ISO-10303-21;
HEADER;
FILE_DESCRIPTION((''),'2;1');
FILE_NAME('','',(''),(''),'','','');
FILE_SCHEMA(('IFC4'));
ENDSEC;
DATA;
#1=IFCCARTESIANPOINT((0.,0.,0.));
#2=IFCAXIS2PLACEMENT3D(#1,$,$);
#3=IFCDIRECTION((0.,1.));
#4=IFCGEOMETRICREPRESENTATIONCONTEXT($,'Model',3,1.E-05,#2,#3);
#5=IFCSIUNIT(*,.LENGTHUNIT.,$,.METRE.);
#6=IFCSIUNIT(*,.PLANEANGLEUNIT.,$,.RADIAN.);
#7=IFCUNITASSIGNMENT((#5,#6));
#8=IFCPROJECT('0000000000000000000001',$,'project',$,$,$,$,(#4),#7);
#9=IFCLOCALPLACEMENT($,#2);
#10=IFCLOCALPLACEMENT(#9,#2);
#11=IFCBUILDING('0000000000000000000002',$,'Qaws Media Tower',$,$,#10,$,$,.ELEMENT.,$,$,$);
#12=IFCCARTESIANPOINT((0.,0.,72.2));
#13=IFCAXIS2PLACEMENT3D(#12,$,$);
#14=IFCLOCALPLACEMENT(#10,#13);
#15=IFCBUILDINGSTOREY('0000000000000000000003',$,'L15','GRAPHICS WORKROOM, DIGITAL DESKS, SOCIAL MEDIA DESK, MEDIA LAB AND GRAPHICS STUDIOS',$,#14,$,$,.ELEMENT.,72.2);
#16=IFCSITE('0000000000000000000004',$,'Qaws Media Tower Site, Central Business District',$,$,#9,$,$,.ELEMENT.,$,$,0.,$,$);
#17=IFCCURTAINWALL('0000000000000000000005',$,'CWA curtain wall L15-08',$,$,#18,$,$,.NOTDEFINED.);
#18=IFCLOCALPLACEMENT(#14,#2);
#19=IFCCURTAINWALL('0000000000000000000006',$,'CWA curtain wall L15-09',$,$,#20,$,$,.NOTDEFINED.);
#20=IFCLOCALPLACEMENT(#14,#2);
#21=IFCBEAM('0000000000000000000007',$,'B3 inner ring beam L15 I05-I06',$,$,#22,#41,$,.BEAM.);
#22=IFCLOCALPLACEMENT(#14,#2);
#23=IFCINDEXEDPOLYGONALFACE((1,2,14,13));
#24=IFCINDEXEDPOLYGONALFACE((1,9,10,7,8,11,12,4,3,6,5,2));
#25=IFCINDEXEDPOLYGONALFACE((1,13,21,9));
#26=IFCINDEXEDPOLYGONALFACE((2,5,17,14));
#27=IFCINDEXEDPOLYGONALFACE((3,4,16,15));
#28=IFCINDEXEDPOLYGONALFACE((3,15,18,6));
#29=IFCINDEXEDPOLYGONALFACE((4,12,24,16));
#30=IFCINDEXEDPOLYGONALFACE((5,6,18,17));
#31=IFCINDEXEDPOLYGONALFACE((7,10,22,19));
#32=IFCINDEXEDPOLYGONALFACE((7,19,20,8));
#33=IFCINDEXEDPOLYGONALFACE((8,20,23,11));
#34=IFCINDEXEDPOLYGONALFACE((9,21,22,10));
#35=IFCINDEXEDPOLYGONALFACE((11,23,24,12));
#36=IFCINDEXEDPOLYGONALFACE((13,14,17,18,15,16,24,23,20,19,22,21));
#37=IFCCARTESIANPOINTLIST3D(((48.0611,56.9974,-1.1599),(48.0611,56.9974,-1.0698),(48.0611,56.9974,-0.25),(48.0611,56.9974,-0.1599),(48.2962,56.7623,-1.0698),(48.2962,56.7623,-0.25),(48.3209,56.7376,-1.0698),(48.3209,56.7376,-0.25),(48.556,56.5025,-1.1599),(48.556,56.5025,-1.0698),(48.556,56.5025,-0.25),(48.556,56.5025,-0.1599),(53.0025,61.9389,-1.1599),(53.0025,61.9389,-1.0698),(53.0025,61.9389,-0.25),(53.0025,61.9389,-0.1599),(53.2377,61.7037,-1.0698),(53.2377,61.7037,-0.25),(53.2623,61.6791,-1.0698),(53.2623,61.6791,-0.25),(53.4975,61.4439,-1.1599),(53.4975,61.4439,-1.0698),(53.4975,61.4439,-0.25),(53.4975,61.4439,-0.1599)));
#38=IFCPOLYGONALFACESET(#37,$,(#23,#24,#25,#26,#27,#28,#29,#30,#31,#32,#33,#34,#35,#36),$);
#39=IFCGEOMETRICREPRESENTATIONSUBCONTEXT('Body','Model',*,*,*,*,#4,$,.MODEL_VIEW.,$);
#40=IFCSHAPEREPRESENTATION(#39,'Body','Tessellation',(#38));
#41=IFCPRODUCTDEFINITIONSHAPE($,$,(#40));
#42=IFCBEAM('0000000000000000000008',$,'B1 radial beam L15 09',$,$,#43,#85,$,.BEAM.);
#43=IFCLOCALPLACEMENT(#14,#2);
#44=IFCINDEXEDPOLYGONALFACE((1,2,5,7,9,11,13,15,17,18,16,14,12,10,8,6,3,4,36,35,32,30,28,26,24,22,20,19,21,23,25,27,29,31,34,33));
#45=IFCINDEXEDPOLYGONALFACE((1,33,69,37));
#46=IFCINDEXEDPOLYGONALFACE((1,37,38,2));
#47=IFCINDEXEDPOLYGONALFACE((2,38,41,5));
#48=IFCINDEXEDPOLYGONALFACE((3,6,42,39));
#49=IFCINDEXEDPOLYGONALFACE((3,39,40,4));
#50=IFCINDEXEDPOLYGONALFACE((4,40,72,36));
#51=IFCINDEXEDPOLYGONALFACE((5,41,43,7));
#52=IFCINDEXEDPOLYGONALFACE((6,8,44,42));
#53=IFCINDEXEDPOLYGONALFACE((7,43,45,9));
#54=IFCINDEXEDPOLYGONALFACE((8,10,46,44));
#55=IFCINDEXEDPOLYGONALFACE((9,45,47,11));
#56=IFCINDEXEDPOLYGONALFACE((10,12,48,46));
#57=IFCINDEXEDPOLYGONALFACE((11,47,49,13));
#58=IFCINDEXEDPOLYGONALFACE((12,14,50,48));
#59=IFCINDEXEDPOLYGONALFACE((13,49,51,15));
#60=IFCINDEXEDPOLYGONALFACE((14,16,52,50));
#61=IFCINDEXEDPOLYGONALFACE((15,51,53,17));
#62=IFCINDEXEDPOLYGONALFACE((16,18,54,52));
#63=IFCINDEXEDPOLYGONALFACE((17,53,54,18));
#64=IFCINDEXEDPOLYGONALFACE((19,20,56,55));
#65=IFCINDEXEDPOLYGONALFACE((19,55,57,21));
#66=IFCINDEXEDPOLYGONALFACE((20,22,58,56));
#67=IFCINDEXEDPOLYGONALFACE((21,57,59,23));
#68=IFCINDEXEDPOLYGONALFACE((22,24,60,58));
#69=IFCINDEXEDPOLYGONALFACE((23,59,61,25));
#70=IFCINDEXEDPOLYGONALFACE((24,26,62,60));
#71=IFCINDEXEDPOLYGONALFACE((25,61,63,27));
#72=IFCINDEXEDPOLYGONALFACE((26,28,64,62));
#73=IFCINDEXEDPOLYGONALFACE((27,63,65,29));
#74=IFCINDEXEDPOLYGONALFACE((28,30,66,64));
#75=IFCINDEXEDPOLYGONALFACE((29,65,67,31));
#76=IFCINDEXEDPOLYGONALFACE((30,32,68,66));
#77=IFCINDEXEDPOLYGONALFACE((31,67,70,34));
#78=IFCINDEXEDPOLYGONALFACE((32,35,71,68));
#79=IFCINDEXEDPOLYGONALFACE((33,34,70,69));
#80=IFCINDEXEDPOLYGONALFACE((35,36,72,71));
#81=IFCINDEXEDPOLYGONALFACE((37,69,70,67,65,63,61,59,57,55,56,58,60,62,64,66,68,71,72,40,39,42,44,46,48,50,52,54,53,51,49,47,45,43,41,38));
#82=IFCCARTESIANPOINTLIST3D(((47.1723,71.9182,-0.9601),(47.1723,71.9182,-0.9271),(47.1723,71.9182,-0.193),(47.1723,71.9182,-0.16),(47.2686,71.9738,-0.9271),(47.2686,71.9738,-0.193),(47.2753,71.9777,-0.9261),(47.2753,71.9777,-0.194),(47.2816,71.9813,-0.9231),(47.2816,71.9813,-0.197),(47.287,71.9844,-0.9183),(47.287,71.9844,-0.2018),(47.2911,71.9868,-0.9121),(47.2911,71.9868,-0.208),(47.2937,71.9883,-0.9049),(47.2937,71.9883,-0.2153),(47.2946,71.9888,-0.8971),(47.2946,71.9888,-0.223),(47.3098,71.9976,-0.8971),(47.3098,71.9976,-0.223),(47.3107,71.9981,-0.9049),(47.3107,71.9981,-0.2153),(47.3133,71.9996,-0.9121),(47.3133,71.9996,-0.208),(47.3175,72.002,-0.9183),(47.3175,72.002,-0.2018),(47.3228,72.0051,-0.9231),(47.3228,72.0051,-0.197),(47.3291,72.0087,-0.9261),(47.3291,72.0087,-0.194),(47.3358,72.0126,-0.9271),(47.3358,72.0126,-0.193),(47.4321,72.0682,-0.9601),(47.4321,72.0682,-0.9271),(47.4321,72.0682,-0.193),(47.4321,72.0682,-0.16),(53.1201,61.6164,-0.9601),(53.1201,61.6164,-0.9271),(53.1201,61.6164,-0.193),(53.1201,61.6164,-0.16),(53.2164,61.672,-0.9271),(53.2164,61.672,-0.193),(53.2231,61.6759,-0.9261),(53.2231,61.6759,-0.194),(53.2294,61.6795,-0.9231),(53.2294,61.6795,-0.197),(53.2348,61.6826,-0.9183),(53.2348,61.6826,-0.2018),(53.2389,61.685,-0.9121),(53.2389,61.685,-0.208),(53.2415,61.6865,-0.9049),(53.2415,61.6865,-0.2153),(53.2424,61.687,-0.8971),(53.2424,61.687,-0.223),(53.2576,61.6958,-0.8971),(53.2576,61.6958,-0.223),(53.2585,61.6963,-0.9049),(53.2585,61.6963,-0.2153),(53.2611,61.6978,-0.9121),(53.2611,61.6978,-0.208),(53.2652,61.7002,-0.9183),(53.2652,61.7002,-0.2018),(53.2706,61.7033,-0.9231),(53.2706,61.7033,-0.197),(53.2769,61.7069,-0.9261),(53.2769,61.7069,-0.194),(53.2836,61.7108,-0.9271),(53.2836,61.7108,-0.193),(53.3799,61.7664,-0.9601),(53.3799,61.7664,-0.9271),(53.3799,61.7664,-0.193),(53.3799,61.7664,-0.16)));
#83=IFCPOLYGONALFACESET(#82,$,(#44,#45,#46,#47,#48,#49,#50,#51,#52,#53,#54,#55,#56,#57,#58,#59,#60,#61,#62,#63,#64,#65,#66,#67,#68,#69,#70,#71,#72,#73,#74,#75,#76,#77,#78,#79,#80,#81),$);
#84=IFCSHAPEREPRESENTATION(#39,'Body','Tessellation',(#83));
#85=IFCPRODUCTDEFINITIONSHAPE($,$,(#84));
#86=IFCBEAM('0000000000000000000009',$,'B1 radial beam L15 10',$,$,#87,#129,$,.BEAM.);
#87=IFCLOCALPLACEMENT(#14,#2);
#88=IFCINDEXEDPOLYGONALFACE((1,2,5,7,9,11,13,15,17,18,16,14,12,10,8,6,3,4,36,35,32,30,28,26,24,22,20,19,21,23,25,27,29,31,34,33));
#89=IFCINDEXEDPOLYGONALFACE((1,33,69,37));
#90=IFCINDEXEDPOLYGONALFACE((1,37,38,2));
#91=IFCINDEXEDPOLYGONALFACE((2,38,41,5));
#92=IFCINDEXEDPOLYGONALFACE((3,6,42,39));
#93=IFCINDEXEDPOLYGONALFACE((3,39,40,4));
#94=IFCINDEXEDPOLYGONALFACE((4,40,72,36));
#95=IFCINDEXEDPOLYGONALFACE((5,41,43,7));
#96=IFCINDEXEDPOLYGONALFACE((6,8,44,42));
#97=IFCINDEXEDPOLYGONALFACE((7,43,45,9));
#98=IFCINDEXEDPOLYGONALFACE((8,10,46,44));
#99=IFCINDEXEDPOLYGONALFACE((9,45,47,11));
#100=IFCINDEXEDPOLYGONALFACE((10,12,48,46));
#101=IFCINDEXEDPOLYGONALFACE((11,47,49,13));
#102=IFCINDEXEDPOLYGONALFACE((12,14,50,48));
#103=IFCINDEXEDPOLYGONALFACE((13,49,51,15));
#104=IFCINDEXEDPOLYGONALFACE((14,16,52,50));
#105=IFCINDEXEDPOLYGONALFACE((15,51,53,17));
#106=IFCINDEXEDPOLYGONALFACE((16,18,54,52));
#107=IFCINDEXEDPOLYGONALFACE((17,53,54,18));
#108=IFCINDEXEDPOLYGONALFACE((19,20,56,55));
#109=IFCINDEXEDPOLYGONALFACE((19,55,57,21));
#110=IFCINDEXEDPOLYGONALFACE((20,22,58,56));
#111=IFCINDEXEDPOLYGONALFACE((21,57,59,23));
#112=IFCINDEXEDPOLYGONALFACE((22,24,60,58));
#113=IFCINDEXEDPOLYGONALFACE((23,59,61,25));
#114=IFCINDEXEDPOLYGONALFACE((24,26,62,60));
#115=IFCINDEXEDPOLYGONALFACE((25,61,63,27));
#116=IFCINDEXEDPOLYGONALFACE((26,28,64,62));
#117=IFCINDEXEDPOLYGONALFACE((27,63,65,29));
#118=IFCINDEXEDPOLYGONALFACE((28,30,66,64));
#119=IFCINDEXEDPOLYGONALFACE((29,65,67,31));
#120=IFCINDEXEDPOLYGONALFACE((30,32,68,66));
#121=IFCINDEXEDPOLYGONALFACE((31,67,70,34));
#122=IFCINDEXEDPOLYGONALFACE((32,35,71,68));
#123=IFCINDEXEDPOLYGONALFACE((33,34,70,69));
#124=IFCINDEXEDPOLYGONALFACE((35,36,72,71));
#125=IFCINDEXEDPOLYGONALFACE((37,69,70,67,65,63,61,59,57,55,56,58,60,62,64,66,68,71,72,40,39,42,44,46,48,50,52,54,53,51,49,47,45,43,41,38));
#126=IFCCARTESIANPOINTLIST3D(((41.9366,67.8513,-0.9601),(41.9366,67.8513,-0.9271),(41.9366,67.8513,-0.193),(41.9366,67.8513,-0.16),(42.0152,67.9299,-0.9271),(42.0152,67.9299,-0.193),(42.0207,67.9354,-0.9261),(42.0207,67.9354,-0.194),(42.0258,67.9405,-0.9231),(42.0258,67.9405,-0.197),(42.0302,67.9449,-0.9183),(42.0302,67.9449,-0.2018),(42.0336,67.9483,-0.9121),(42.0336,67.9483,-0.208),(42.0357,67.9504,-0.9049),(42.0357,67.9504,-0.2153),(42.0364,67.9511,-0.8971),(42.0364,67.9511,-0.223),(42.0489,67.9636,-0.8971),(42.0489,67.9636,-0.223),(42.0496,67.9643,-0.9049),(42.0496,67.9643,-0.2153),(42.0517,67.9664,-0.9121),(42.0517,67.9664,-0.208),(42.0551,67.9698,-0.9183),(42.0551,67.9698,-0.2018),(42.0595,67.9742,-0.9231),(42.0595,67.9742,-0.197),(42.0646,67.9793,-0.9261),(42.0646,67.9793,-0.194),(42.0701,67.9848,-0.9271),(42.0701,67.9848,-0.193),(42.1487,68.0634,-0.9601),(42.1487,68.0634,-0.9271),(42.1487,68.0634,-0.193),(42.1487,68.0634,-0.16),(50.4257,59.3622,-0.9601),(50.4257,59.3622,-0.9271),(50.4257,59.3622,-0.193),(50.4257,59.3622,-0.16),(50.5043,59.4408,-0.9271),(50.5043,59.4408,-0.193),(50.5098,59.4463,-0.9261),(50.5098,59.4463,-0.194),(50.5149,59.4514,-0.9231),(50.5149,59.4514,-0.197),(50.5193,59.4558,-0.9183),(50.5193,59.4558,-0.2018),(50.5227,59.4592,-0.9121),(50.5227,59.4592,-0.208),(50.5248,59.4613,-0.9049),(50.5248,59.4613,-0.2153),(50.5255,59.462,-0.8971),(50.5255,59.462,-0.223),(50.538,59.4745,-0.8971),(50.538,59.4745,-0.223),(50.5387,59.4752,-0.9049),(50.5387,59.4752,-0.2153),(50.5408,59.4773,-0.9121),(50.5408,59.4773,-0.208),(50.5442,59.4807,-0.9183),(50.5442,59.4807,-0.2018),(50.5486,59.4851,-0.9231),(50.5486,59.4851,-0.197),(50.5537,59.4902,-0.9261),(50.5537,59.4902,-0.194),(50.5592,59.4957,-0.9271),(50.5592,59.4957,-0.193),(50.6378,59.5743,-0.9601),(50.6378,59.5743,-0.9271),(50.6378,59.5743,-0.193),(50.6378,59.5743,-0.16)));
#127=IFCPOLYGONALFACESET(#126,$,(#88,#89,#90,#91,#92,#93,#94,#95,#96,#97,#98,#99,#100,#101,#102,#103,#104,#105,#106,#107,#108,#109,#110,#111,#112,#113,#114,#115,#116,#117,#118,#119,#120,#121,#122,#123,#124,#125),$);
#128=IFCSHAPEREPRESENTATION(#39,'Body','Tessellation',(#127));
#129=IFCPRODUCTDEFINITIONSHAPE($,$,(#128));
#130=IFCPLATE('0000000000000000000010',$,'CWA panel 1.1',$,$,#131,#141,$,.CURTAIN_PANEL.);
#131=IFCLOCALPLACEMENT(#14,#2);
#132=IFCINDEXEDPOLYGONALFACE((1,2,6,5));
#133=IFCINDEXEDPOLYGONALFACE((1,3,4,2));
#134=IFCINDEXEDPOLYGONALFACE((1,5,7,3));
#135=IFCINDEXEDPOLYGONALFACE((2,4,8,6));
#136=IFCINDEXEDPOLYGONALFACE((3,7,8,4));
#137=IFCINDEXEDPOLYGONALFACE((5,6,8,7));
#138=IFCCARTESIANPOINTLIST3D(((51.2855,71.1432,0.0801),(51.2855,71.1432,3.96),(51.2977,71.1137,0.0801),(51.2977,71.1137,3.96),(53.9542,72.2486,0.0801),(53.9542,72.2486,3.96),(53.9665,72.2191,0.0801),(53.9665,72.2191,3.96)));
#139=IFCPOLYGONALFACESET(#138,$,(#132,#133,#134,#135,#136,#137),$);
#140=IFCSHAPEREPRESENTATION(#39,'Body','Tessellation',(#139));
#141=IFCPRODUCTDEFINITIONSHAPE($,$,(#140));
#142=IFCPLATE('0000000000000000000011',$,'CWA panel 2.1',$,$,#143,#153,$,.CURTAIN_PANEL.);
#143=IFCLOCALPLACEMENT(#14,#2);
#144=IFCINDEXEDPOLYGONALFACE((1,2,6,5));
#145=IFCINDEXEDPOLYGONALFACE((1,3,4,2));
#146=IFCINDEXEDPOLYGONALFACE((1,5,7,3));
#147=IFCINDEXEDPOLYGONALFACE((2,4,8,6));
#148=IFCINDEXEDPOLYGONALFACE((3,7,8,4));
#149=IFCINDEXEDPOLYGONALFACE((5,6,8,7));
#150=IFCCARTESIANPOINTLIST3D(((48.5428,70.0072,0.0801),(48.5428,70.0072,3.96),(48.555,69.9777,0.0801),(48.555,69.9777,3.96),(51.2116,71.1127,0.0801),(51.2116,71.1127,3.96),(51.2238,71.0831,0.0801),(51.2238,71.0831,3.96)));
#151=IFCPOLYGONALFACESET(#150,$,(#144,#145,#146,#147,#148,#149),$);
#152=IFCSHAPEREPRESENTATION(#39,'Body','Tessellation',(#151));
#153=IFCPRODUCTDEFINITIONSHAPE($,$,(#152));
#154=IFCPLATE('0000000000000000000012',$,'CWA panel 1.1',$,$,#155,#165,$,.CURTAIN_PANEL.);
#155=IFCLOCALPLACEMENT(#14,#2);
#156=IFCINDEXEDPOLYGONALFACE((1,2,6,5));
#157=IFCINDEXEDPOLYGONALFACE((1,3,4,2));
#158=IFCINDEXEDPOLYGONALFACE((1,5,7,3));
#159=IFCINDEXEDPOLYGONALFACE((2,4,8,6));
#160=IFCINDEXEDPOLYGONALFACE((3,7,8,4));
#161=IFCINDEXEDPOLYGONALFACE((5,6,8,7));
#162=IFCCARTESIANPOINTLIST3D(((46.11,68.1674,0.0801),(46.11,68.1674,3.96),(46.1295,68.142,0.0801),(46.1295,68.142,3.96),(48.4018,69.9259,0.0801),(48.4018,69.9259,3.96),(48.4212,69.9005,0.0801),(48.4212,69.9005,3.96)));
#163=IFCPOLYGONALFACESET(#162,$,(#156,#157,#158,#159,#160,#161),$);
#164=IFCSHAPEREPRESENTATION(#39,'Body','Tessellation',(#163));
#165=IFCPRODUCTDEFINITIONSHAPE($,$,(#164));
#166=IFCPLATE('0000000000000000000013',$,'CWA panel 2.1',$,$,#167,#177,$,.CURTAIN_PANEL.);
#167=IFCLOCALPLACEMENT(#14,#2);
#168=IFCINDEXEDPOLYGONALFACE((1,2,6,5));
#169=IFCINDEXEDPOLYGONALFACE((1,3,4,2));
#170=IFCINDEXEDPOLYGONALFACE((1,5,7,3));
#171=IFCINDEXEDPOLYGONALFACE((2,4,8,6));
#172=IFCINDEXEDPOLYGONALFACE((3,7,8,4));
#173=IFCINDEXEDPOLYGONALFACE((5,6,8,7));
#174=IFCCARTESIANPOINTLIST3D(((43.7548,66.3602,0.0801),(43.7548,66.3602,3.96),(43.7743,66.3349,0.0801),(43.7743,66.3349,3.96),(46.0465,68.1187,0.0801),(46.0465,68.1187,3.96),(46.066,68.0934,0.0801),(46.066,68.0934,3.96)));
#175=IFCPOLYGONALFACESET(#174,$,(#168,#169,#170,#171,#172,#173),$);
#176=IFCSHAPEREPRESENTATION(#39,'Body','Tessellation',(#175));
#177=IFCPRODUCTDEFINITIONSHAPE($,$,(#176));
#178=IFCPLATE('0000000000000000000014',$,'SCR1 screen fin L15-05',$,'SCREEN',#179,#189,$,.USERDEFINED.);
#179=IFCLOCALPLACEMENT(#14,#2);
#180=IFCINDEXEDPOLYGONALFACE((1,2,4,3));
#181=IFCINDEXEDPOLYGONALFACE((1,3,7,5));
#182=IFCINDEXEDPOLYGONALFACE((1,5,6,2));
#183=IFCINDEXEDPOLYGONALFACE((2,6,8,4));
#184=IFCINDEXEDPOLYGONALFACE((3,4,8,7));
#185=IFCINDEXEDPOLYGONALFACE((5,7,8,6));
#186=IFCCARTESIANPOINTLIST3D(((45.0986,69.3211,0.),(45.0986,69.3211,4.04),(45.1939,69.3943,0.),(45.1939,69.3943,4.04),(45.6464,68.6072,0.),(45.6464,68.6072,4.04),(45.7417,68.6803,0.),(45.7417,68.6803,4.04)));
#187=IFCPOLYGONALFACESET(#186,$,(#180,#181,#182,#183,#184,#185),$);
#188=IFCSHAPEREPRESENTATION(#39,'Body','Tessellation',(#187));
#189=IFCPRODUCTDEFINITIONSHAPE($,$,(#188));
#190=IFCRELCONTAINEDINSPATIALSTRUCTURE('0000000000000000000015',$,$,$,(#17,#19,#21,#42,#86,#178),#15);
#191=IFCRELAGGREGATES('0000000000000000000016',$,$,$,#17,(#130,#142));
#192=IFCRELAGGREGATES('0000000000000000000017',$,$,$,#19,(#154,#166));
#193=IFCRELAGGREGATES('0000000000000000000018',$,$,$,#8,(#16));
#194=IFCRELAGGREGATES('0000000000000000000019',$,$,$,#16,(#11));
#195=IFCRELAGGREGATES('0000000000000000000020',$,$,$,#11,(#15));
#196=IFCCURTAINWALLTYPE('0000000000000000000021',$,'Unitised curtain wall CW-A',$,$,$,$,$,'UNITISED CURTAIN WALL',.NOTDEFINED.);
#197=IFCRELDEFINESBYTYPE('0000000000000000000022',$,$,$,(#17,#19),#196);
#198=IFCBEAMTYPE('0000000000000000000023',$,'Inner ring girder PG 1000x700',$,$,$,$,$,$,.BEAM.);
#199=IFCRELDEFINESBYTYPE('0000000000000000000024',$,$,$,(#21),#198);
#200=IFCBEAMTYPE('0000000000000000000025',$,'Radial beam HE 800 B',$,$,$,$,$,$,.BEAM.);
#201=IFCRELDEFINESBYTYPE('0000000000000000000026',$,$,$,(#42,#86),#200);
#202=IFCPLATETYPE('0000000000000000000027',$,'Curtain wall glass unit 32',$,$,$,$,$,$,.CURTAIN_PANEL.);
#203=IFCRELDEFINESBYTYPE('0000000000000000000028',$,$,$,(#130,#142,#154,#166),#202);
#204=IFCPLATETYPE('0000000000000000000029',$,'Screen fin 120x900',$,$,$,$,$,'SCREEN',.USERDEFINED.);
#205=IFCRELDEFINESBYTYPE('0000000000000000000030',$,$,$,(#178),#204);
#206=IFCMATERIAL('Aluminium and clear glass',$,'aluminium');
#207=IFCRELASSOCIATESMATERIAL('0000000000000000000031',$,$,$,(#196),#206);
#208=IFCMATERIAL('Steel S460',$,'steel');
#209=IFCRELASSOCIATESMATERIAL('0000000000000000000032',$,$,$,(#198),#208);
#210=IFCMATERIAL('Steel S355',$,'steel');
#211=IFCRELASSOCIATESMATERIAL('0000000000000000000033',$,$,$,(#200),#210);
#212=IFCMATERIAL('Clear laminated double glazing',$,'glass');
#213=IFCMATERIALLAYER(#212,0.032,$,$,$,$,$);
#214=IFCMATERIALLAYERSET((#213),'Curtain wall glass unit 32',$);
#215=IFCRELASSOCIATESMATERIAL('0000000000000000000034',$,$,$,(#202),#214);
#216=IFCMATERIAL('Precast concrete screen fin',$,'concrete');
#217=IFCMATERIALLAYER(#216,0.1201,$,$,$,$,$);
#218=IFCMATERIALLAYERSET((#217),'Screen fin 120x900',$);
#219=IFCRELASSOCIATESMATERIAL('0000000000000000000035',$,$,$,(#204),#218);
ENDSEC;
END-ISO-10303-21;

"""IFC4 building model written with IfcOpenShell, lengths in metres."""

from ifc_helpers import new_model, si_unit, direction, frame, origin, origin_2d, place, context, subcontext, project, spatial, rectangle, i_section, extrude, material, layer, layer_set, material_profile, profile_set, type_object, element, aggregate, save


model = new_model("IFC4")

# Units and contexts
model_context = context("Model", 3, precision=1e-05, world=origin(), true_north=direction((0.0, 1.0)))
body_context = subcontext(model_context, "Body", "Model", "MODEL_VIEW")
ifc_project = project(units=[si_unit("LENGTHUNIT", "METRE"), si_unit("PLANEANGLEUNIT", "RADIAN")], contexts=[model_context])

# Site, building, storey
site_placement = place(None, origin())
site = spatial("IfcSite", under=ifc_project, at=site_placement, Name="Qaws Media Tower Site, Central Business District", CompositionType="ELEMENT", RefElevation=0.0)
building_placement = place(site_placement, origin())
building = spatial("IfcBuilding", under=site, at=building_placement, Name="Qaws Media Tower", CompositionType="ELEMENT")
storey_placement = place(building_placement, frame((0.0, 0.0, 72.2)))
storey = spatial("IfcBuildingStorey", under=building, at=storey_placement, Name="L15", Description="GRAPHICS WORKROOM, DIGITAL DESKS, SOCIAL MEDIA DESK, MEDIA LAB AND GRAPHICS STUDIOS", CompositionType="ELEMENT", Elevation=72.2)

# Curtain walls
ifc_material_1 = material(Name="Aluminium and clear glass", Category="aluminium")
curtain_wall_type = type_object("IfcCurtainWallType", Name="Unitised curtain wall CW-A", ElementType="UNITISED CURTAIN WALL", PredefinedType="NOTDEFINED", material=ifc_material_1)
curtain_wall_1_placement = place(storey_placement, origin())
curtain_wall_1 = element("IfcCurtainWall", 1, at=curtain_wall_1_placement, inside=storey, type_object=curtain_wall_type, Name="CWA curtain wall L15-08", PredefinedType="NOTDEFINED")
curtain_wall_2_placement = place(storey_placement, origin())
curtain_wall_2 = element("IfcCurtainWall", 2, at=curtain_wall_2_placement, inside=storey, type_object=curtain_wall_type, Name="CWA curtain wall L15-09", PredefinedType="NOTDEFINED")

# Beams
ifc_material_2 = material(Name="Steel S460", Category="steel")
ifc_material_profile_1 = material_profile(ifc_material_2, i_section(OverallWidth=0.7, OverallDepth=1.0, WebThickness=0.0349, FlangeThickness=0.0901, at=origin_2d()), Name="PG 1000x700")
ifc_profile_set_1 = profile_set([ifc_material_profile_1], Name="Steel S460")
beam_type_1 = type_object("IfcBeamType", Name="Inner ring girder PG 1000x700", PredefinedType="BEAM", material=ifc_profile_set_1)
beam_1_placement = place(storey_placement, frame((53.25, 61.6914, -0.6599), z_axis=(-0.707107, -0.707107, 0.0), x_axis=(0.707107, -0.707107, 0.0)))
element("IfcBeam", 3, at=beam_1_placement, inside=storey, type_object=beam_type_1, Name="B3 inner ring beam L15 I05-I06", PredefinedType="BEAM", context=body_context, shape_type="SweptSolid", body=[
    extrude(i_section(OverallWidth=0.7, OverallDepth=1.0, WebThickness=0.0349, FlangeThickness=0.0901, at=origin_2d()), origin(), (0.0, 0.0, 1.0), 6.9883),
])
ifc_material_3 = material(Name="Steel S355", Category="steel")
ifc_material_profile_2 = material_profile(ifc_material_3, i_section(OverallWidth=0.3, OverallDepth=0.8, WebThickness=0.0176, FlangeThickness=0.033, FilletRadius=0.03, at=origin_2d()), Name="HE 800 B")
ifc_profile_set_2 = profile_set([ifc_material_profile_2], Name="Steel S355")
beam_type_2 = type_object("IfcBeamType", Name="Radial beam HE 800 B", PredefinedType="BEAM", material=ifc_profile_set_2)
beam_2_placement = place(storey_placement, frame((53.25, 61.6914, -0.5601), z_axis=(-0.500002, 0.866024, 0.0), x_axis=(-0.866024, -0.500002, 0.0)))
element("IfcBeam", 4, at=beam_2_placement, inside=storey, type_object=beam_type_2, Name="B1 radial beam L15 09", PredefinedType="BEAM", context=body_context, shape_type="SweptSolid", body=[
    extrude(i_section(OverallWidth=0.3, OverallDepth=0.8, WebThickness=0.0176, FlangeThickness=0.033, FilletRadius=0.03, at=origin_2d()), origin(), (0.0, 0.0, 1.0), 11.8955),
])
beam_3_placement = place(storey_placement, frame((50.5317, 59.4683, -0.5601), z_axis=(-0.707107, 0.707107, 0.0), x_axis=(-0.707107, -0.707107, 0.0)))
element("IfcBeam", 5, at=beam_3_placement, inside=storey, type_object=beam_type_2, Name="B1 radial beam L15 10", PredefinedType="BEAM", context=body_context, shape_type="SweptSolid", body=[
    extrude(i_section(OverallWidth=0.3, OverallDepth=0.8, WebThickness=0.0176, FlangeThickness=0.033, FilletRadius=0.03, at=origin_2d()), origin(), (0.0, 0.0, 1.0), 12.0054),
])

# Plates
ifc_material_4 = material(Name="Clear laminated double glazing", Category="glass")
ifc_layer_1 = layer(ifc_material_4, 0.032)
ifc_layer_set_1 = layer_set([ifc_layer_1], Name="Curtain wall glass unit 32")
plate_type_1 = type_object("IfcPlateType", Name="Curtain wall glass unit 32", PredefinedType="CURTAIN_PANEL", material=ifc_layer_set_1)
plate_1_placement = place(storey_placement, frame((52.626, 71.6812, 0.0801), z_axis=(0.0, 0.0, 1.0), x_axis=(-0.92388, -0.382683, 0.0)))
plate_1 = element("IfcPlate", 6, at=plate_1_placement, type_object=plate_type_1, Name="CWA panel 1.1", PredefinedType="CURTAIN_PANEL", context=body_context, shape_type="SweptSolid", body=[
    extrude(rectangle(XDim=2.8887, YDim=0.032, at=origin_2d()), origin(), (0.0, 0.0, 1.0), 3.8799),
])
plate_2_placement = place(storey_placement, frame((49.8833, 70.5452, 0.0801), z_axis=(0.0, 0.0, 1.0), x_axis=(-0.92388, -0.382683, 0.0)))
plate_2 = element("IfcPlate", 7, at=plate_2_placement, type_object=plate_type_1, Name="CWA panel 2.1", PredefinedType="CURTAIN_PANEL", context=body_context, shape_type="SweptSolid", body=[
    extrude(rectangle(XDim=2.8887, YDim=0.032, at=origin_2d()), origin(), (0.0, 0.0, 1.0), 3.8799),
])
aggregate(curtain_wall_1, [plate_1, plate_2])
plate_3_placement = place(storey_placement, frame((47.2656, 69.0339, 0.0801), z_axis=(0.0, 0.0, 1.0), x_axis=(-0.793353, -0.608762, 0.0)))
plate_3 = element("IfcPlate", 8, at=plate_3_placement, type_object=plate_type_1, Name="CWA panel 1.1", PredefinedType="CURTAIN_PANEL", context=body_context, shape_type="SweptSolid", body=[
    extrude(rectangle(XDim=2.8887, YDim=0.032, at=origin_2d()), origin(), (0.0, 0.0, 1.0), 3.8799),
])
plate_4_placement = place(storey_placement, frame((44.9104, 67.2268, 0.0801), z_axis=(0.0, 0.0, 1.0), x_axis=(-0.793353, -0.608762, 0.0)))
plate_4 = element("IfcPlate", 9, at=plate_4_placement, type_object=plate_type_1, Name="CWA panel 2.1", PredefinedType="CURTAIN_PANEL", context=body_context, shape_type="SweptSolid", body=[
    extrude(rectangle(XDim=2.8887, YDim=0.032, at=origin_2d()), origin(), (0.0, 0.0, 1.0), 3.8799),
])
aggregate(curtain_wall_2, [plate_3, plate_4])
ifc_material_5 = material(Name="Precast concrete screen fin", Category="concrete")
ifc_layer_2 = layer(ifc_material_5, 0.1201)
ifc_layer_set_2 = layer_set([ifc_layer_2], Name="Screen fin 120x900")
plate_type_2 = type_object("IfcPlateType", Name="Screen fin 120x900", ElementType="SCREEN", PredefinedType="USERDEFINED", material=ifc_layer_set_2)
plate_5_placement = place(storey_placement, frame((45.4202, 69.0007, 0.0), z_axis=(0.0, 0.0, 1.0), x_axis=(-0.608761, 0.793353, 0.0)))
element("IfcPlate", 10, at=plate_5_placement, inside=storey, type_object=plate_type_2, Name="SCR1 screen fin L15-05", ObjectType="SCREEN", PredefinedType="USERDEFINED", context=body_context, shape_type="SweptSolid", body=[
    extrude(rectangle(XDim=0.8999, YDim=0.1201, at=origin_2d()), origin(), (0.0, 0.0, 1.0), 4.04),
])

save(model, "model.ifc")
